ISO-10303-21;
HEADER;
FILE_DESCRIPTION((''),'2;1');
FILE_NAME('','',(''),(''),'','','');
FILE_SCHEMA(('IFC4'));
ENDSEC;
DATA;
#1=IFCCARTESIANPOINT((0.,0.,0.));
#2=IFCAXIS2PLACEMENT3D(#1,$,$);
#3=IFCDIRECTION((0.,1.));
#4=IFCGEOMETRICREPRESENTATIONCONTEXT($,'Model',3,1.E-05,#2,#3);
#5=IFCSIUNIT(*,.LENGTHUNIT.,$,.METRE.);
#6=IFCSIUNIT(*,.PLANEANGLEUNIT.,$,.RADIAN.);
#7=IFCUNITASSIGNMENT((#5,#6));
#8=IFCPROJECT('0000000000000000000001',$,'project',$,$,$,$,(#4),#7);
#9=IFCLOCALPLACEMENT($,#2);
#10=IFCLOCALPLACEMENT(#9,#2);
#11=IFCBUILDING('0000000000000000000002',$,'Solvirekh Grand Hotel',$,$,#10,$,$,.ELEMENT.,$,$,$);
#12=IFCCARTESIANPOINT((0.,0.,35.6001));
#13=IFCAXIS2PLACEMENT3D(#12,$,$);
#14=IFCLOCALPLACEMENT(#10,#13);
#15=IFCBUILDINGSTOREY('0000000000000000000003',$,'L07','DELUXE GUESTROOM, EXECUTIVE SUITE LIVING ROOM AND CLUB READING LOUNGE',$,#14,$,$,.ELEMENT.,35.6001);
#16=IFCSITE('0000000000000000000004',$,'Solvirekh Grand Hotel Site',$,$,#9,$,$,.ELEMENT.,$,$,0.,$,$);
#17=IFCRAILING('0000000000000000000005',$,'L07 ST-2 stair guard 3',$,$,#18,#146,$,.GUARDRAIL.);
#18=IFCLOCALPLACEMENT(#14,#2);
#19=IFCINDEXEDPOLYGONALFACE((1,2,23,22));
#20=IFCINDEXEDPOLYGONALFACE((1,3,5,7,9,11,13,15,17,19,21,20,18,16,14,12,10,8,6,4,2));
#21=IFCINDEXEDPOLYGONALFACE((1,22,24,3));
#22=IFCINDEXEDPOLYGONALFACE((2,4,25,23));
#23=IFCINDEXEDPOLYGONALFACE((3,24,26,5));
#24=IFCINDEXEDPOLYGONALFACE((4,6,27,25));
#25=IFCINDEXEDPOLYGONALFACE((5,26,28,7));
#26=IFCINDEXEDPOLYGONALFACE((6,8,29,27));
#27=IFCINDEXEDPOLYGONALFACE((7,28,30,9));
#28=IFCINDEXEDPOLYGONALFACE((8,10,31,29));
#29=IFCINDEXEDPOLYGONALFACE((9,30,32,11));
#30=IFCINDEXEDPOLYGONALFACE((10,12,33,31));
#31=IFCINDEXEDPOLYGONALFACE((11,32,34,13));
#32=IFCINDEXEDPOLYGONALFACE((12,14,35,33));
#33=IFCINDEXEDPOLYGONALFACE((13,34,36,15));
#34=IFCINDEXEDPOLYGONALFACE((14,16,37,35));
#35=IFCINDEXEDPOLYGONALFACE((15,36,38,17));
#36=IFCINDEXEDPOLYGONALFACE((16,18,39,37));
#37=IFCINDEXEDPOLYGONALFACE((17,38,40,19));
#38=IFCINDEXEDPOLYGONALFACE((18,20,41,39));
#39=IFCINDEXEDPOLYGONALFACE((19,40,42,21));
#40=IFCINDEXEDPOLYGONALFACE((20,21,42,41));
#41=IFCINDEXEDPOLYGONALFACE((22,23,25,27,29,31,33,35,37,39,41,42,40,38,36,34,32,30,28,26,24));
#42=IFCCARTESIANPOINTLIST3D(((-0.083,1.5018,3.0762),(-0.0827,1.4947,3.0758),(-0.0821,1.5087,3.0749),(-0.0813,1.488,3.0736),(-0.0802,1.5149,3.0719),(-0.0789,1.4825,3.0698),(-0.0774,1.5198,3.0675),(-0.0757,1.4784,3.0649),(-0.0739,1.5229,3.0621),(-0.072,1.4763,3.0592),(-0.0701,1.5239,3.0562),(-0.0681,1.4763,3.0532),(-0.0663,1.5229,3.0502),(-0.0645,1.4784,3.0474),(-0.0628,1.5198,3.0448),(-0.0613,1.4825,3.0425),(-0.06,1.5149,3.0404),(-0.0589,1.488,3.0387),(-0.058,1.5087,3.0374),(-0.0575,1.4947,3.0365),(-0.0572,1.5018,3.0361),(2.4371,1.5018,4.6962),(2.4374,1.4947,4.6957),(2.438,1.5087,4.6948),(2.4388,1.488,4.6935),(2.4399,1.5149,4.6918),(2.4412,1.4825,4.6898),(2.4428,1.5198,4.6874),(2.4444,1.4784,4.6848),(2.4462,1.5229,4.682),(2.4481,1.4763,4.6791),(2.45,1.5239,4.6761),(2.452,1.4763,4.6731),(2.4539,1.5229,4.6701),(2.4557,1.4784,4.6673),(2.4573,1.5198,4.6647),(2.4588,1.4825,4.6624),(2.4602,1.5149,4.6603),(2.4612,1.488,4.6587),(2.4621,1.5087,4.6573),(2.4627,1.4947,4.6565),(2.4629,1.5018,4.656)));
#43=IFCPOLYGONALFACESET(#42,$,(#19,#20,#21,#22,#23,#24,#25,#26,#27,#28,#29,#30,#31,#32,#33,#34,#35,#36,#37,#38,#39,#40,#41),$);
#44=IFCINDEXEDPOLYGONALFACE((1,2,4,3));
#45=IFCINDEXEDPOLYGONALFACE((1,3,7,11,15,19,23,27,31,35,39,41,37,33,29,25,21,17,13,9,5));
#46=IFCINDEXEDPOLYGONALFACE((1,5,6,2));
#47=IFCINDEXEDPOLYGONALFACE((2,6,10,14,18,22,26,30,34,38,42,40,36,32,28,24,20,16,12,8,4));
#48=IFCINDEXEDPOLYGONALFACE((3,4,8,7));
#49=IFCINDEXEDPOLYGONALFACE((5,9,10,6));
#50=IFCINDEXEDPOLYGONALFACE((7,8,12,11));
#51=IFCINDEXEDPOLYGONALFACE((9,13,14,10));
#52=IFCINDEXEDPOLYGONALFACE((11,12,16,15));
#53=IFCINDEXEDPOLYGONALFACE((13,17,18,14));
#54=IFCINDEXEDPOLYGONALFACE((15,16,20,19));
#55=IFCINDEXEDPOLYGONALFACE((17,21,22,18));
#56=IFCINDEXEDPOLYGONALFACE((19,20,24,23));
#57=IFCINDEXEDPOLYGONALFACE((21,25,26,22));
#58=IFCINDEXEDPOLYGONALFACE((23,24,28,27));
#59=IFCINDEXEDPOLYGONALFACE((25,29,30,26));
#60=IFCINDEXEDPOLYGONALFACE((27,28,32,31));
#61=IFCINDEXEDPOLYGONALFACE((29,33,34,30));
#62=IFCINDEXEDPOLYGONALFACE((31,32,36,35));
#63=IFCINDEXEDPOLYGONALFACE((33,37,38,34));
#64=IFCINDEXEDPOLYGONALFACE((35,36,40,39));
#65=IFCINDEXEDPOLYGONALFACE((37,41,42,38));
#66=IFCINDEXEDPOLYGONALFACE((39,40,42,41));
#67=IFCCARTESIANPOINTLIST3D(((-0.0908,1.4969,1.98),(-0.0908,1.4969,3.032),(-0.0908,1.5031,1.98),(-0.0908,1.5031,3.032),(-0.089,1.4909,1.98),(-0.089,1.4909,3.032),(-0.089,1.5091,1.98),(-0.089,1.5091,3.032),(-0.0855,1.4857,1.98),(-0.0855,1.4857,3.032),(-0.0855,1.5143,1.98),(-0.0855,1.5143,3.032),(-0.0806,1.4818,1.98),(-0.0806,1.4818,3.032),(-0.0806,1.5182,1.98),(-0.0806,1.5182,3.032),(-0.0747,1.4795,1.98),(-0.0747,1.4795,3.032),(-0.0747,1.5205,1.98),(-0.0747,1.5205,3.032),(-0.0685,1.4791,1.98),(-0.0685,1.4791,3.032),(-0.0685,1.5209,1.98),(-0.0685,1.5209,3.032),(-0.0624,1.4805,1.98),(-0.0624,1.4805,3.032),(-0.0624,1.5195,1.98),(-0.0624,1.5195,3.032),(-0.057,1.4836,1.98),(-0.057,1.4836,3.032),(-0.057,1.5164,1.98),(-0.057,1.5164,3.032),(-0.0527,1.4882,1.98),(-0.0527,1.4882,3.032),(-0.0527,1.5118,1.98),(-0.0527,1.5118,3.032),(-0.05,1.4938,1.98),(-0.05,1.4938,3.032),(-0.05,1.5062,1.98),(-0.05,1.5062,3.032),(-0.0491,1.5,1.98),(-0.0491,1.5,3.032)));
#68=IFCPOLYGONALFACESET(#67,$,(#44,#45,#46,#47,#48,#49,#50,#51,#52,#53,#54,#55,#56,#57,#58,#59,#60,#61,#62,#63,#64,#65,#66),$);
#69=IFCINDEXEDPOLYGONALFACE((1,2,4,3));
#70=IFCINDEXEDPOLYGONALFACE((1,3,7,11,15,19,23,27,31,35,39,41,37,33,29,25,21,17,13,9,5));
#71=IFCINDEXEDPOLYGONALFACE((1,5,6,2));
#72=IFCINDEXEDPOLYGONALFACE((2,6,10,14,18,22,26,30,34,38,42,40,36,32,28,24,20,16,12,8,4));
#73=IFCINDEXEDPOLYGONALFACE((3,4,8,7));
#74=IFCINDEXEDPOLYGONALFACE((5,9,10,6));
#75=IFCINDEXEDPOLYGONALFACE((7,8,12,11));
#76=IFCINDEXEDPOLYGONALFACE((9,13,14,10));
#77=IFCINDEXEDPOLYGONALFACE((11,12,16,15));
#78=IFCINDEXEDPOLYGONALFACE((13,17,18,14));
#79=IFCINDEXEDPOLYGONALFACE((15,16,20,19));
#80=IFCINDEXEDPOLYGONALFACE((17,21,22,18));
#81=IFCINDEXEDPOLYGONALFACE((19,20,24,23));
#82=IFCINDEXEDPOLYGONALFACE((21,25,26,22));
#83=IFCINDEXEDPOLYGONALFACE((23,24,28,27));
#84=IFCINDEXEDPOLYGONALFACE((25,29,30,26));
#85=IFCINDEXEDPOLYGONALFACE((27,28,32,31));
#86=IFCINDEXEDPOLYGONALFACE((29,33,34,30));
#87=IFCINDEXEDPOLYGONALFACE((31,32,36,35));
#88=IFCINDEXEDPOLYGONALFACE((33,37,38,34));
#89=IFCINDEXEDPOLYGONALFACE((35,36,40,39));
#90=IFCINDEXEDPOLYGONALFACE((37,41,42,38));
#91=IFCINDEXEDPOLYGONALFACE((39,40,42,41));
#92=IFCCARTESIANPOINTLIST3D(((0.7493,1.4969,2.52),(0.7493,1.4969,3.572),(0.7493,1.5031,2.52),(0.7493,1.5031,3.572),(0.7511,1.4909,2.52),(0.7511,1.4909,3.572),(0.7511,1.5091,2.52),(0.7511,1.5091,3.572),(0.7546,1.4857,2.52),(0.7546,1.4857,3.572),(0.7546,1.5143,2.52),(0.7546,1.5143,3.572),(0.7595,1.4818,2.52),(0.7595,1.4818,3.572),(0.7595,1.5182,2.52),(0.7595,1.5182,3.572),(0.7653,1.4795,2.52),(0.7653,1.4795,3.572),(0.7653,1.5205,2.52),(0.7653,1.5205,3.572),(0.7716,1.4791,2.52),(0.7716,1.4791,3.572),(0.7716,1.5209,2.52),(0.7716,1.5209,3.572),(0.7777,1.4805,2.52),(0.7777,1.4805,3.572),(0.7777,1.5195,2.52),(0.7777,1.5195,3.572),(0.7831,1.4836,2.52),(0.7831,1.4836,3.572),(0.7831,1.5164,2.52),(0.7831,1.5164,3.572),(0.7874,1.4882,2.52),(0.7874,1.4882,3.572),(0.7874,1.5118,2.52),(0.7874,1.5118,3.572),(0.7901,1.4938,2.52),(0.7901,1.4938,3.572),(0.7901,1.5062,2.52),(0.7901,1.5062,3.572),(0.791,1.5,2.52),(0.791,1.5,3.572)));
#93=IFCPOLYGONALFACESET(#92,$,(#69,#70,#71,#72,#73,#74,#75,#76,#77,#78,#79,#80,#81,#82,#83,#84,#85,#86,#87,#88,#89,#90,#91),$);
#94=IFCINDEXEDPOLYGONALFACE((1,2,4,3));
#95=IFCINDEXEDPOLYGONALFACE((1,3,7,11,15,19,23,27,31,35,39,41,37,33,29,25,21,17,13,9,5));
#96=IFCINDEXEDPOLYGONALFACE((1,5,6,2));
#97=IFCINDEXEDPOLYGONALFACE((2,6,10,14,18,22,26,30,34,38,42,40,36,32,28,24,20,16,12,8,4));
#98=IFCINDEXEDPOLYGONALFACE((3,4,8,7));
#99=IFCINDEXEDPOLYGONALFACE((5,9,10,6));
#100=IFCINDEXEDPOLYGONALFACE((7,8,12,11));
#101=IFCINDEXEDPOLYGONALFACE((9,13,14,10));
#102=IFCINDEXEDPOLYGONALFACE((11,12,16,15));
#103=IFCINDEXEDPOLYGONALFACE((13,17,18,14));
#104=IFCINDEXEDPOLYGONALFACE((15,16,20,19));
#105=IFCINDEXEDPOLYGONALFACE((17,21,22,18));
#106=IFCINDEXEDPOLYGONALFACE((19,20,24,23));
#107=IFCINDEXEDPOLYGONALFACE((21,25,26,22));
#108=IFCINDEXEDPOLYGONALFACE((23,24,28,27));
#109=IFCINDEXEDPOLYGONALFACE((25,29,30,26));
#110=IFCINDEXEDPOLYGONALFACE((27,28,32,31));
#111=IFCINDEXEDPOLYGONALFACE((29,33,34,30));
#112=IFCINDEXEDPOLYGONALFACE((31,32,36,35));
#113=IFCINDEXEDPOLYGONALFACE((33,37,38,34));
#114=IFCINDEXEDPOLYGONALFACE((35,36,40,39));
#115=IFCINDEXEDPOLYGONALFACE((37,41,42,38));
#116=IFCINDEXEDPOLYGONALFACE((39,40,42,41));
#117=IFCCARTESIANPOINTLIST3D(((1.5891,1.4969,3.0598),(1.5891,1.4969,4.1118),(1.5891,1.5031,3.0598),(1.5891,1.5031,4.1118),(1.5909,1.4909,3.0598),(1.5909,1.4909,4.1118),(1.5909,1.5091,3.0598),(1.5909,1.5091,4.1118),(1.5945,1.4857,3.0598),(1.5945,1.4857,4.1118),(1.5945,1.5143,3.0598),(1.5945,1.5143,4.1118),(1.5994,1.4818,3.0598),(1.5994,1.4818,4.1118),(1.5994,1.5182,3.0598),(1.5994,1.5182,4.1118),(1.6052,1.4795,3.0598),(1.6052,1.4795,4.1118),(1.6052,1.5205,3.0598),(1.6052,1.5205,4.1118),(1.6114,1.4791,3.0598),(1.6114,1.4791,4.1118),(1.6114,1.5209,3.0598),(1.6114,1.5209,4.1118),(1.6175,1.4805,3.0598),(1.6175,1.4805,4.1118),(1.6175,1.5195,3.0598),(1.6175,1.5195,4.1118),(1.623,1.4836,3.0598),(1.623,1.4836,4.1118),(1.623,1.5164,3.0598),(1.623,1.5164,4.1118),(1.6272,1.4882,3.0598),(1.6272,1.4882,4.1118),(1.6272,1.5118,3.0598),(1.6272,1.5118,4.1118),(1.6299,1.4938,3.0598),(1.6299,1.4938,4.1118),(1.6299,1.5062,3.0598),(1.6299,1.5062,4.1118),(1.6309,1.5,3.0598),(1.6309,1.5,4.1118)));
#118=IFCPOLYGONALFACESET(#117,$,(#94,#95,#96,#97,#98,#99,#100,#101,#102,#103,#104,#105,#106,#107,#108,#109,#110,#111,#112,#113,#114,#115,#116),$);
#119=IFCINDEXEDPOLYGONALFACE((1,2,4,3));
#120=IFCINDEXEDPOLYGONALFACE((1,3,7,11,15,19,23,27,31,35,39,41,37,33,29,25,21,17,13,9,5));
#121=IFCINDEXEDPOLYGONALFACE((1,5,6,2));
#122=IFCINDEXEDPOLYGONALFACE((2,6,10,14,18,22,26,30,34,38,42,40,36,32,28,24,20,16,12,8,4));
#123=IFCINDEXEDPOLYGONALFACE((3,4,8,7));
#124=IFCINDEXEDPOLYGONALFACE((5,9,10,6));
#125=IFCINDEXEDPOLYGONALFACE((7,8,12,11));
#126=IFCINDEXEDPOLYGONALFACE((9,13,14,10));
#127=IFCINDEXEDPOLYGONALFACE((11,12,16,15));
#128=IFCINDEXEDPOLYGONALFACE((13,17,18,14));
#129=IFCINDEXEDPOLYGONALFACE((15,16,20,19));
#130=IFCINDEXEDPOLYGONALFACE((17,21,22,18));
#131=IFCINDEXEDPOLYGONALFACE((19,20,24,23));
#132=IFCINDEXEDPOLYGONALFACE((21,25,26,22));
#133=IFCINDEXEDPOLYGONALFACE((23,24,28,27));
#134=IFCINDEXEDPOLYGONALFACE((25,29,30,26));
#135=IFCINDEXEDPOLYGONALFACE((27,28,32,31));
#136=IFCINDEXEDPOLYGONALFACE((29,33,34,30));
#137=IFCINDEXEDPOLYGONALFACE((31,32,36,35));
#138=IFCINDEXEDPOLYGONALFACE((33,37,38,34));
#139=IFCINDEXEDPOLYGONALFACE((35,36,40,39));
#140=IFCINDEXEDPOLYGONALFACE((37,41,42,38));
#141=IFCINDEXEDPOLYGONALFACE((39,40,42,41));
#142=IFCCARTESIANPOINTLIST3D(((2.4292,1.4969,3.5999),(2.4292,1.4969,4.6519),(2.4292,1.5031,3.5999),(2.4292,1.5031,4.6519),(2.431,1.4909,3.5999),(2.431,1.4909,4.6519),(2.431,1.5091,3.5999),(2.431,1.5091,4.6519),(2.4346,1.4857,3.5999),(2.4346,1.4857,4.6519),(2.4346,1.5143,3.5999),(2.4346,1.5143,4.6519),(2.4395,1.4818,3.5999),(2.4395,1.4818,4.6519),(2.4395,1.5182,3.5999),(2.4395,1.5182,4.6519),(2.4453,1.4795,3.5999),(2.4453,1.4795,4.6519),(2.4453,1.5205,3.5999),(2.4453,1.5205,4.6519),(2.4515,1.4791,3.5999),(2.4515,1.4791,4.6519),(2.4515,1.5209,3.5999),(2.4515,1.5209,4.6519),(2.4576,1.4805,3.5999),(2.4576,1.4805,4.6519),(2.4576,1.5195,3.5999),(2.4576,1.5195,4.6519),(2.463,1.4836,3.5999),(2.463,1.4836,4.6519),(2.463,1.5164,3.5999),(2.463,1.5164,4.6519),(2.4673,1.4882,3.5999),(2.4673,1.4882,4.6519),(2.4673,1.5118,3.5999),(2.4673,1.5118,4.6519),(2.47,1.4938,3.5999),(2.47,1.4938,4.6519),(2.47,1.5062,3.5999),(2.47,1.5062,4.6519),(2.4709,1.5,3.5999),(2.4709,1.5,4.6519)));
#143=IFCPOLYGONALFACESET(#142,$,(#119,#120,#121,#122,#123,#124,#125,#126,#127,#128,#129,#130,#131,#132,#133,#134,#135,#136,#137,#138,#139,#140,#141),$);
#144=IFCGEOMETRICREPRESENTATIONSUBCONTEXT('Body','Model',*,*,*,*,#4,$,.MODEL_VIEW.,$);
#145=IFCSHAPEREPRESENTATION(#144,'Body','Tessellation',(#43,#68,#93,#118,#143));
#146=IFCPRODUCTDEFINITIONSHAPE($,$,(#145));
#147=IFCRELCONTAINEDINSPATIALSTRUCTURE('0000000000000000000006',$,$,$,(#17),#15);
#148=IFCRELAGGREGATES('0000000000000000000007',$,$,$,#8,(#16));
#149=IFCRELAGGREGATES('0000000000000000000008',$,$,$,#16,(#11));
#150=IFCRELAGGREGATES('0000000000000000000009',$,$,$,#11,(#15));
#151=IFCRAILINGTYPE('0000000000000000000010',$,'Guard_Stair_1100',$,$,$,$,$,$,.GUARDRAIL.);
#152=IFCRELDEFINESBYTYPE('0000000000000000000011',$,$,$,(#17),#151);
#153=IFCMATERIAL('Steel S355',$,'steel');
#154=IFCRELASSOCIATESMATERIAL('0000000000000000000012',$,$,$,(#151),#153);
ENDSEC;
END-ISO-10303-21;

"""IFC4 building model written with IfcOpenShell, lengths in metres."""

from ifc_helpers import new_model, si_unit, direction, frame, origin, origin_2d, place, context, subcontext, project, spatial, circle, extrude, material, type_object, element, save


model = new_model("IFC4")

# Units and contexts
model_context = context("Model", 3, precision=1e-05, world=origin(), true_north=direction((0.0, 1.0)))
body_context = subcontext(model_context, "Body", "Model", "MODEL_VIEW")
ifc_project = project(units=[si_unit("LENGTHUNIT", "METRE"), si_unit("PLANEANGLEUNIT", "RADIAN")], contexts=[model_context])

# Site, building, storey
site_placement = place(None, origin())
site = spatial("IfcSite", under=ifc_project, at=site_placement, Name="Solvirekh Grand Hotel Site", CompositionType="ELEMENT", RefElevation=0.0)
building_placement = place(site_placement, origin())
building = spatial("IfcBuilding", under=site, at=building_placement, Name="Solvirekh Grand Hotel", CompositionType="ELEMENT")
storey_placement = place(building_placement, frame((0.0, 0.0, 35.6001)))
storey = spatial("IfcBuildingStorey", under=building, at=storey_placement, Name="L07", Description="DELUXE GUESTROOM, EXECUTIVE SUITE LIVING ROOM AND CLUB READING LOUNGE", CompositionType="ELEMENT", Elevation=35.6001)

# Railing
ifc_material_1 = material(Name="Steel S355", Category="steel")
railing_type_1 = type_object("IfcRailingType", Name="Guard_Stair_1100", PredefinedType="GUARDRAIL", material=ifc_material_1)
railing_1_placement = place(storey_placement, frame((-0.0701, 1.5, 1.98)))
element("IfcRailing", 1, at=railing_1_placement, inside=storey, type_object=railing_type_1, Name="L07 ST-2 stair guard 3", PredefinedType="GUARDRAIL", context=body_context, shape_type="SweptSolid", body=[
    extrude(circle(Radius=0.0239, at=origin_2d()), frame((0.0, 0.0, 1.0762), z_axis=(0.8412, 0.0, 0.540725), x_axis=(0.0, 1.0, 0.0)), (0.0, 0.0, 1.0), 2.9958),
    extrude(circle(Radius=0.021, at=origin_2d()), origin(), (0.0, 0.0, 1.0), 1.052),
    extrude(circle(Radius=0.021, at=origin_2d()), frame((0.8401, 0.0, 0.54)), (0.0, 0.0, 1.0), 1.052),
    extrude(circle(Radius=0.021, at=origin_2d()), frame((1.6799, 0.0, 1.0798)), (0.0, 0.0, 1.0), 1.052),
    extrude(circle(Radius=0.021, at=origin_2d()), frame((2.52, 0.0, 1.6199)), (0.0, 0.0, 1.0), 1.052),
])

save(model, "model.ifc")
